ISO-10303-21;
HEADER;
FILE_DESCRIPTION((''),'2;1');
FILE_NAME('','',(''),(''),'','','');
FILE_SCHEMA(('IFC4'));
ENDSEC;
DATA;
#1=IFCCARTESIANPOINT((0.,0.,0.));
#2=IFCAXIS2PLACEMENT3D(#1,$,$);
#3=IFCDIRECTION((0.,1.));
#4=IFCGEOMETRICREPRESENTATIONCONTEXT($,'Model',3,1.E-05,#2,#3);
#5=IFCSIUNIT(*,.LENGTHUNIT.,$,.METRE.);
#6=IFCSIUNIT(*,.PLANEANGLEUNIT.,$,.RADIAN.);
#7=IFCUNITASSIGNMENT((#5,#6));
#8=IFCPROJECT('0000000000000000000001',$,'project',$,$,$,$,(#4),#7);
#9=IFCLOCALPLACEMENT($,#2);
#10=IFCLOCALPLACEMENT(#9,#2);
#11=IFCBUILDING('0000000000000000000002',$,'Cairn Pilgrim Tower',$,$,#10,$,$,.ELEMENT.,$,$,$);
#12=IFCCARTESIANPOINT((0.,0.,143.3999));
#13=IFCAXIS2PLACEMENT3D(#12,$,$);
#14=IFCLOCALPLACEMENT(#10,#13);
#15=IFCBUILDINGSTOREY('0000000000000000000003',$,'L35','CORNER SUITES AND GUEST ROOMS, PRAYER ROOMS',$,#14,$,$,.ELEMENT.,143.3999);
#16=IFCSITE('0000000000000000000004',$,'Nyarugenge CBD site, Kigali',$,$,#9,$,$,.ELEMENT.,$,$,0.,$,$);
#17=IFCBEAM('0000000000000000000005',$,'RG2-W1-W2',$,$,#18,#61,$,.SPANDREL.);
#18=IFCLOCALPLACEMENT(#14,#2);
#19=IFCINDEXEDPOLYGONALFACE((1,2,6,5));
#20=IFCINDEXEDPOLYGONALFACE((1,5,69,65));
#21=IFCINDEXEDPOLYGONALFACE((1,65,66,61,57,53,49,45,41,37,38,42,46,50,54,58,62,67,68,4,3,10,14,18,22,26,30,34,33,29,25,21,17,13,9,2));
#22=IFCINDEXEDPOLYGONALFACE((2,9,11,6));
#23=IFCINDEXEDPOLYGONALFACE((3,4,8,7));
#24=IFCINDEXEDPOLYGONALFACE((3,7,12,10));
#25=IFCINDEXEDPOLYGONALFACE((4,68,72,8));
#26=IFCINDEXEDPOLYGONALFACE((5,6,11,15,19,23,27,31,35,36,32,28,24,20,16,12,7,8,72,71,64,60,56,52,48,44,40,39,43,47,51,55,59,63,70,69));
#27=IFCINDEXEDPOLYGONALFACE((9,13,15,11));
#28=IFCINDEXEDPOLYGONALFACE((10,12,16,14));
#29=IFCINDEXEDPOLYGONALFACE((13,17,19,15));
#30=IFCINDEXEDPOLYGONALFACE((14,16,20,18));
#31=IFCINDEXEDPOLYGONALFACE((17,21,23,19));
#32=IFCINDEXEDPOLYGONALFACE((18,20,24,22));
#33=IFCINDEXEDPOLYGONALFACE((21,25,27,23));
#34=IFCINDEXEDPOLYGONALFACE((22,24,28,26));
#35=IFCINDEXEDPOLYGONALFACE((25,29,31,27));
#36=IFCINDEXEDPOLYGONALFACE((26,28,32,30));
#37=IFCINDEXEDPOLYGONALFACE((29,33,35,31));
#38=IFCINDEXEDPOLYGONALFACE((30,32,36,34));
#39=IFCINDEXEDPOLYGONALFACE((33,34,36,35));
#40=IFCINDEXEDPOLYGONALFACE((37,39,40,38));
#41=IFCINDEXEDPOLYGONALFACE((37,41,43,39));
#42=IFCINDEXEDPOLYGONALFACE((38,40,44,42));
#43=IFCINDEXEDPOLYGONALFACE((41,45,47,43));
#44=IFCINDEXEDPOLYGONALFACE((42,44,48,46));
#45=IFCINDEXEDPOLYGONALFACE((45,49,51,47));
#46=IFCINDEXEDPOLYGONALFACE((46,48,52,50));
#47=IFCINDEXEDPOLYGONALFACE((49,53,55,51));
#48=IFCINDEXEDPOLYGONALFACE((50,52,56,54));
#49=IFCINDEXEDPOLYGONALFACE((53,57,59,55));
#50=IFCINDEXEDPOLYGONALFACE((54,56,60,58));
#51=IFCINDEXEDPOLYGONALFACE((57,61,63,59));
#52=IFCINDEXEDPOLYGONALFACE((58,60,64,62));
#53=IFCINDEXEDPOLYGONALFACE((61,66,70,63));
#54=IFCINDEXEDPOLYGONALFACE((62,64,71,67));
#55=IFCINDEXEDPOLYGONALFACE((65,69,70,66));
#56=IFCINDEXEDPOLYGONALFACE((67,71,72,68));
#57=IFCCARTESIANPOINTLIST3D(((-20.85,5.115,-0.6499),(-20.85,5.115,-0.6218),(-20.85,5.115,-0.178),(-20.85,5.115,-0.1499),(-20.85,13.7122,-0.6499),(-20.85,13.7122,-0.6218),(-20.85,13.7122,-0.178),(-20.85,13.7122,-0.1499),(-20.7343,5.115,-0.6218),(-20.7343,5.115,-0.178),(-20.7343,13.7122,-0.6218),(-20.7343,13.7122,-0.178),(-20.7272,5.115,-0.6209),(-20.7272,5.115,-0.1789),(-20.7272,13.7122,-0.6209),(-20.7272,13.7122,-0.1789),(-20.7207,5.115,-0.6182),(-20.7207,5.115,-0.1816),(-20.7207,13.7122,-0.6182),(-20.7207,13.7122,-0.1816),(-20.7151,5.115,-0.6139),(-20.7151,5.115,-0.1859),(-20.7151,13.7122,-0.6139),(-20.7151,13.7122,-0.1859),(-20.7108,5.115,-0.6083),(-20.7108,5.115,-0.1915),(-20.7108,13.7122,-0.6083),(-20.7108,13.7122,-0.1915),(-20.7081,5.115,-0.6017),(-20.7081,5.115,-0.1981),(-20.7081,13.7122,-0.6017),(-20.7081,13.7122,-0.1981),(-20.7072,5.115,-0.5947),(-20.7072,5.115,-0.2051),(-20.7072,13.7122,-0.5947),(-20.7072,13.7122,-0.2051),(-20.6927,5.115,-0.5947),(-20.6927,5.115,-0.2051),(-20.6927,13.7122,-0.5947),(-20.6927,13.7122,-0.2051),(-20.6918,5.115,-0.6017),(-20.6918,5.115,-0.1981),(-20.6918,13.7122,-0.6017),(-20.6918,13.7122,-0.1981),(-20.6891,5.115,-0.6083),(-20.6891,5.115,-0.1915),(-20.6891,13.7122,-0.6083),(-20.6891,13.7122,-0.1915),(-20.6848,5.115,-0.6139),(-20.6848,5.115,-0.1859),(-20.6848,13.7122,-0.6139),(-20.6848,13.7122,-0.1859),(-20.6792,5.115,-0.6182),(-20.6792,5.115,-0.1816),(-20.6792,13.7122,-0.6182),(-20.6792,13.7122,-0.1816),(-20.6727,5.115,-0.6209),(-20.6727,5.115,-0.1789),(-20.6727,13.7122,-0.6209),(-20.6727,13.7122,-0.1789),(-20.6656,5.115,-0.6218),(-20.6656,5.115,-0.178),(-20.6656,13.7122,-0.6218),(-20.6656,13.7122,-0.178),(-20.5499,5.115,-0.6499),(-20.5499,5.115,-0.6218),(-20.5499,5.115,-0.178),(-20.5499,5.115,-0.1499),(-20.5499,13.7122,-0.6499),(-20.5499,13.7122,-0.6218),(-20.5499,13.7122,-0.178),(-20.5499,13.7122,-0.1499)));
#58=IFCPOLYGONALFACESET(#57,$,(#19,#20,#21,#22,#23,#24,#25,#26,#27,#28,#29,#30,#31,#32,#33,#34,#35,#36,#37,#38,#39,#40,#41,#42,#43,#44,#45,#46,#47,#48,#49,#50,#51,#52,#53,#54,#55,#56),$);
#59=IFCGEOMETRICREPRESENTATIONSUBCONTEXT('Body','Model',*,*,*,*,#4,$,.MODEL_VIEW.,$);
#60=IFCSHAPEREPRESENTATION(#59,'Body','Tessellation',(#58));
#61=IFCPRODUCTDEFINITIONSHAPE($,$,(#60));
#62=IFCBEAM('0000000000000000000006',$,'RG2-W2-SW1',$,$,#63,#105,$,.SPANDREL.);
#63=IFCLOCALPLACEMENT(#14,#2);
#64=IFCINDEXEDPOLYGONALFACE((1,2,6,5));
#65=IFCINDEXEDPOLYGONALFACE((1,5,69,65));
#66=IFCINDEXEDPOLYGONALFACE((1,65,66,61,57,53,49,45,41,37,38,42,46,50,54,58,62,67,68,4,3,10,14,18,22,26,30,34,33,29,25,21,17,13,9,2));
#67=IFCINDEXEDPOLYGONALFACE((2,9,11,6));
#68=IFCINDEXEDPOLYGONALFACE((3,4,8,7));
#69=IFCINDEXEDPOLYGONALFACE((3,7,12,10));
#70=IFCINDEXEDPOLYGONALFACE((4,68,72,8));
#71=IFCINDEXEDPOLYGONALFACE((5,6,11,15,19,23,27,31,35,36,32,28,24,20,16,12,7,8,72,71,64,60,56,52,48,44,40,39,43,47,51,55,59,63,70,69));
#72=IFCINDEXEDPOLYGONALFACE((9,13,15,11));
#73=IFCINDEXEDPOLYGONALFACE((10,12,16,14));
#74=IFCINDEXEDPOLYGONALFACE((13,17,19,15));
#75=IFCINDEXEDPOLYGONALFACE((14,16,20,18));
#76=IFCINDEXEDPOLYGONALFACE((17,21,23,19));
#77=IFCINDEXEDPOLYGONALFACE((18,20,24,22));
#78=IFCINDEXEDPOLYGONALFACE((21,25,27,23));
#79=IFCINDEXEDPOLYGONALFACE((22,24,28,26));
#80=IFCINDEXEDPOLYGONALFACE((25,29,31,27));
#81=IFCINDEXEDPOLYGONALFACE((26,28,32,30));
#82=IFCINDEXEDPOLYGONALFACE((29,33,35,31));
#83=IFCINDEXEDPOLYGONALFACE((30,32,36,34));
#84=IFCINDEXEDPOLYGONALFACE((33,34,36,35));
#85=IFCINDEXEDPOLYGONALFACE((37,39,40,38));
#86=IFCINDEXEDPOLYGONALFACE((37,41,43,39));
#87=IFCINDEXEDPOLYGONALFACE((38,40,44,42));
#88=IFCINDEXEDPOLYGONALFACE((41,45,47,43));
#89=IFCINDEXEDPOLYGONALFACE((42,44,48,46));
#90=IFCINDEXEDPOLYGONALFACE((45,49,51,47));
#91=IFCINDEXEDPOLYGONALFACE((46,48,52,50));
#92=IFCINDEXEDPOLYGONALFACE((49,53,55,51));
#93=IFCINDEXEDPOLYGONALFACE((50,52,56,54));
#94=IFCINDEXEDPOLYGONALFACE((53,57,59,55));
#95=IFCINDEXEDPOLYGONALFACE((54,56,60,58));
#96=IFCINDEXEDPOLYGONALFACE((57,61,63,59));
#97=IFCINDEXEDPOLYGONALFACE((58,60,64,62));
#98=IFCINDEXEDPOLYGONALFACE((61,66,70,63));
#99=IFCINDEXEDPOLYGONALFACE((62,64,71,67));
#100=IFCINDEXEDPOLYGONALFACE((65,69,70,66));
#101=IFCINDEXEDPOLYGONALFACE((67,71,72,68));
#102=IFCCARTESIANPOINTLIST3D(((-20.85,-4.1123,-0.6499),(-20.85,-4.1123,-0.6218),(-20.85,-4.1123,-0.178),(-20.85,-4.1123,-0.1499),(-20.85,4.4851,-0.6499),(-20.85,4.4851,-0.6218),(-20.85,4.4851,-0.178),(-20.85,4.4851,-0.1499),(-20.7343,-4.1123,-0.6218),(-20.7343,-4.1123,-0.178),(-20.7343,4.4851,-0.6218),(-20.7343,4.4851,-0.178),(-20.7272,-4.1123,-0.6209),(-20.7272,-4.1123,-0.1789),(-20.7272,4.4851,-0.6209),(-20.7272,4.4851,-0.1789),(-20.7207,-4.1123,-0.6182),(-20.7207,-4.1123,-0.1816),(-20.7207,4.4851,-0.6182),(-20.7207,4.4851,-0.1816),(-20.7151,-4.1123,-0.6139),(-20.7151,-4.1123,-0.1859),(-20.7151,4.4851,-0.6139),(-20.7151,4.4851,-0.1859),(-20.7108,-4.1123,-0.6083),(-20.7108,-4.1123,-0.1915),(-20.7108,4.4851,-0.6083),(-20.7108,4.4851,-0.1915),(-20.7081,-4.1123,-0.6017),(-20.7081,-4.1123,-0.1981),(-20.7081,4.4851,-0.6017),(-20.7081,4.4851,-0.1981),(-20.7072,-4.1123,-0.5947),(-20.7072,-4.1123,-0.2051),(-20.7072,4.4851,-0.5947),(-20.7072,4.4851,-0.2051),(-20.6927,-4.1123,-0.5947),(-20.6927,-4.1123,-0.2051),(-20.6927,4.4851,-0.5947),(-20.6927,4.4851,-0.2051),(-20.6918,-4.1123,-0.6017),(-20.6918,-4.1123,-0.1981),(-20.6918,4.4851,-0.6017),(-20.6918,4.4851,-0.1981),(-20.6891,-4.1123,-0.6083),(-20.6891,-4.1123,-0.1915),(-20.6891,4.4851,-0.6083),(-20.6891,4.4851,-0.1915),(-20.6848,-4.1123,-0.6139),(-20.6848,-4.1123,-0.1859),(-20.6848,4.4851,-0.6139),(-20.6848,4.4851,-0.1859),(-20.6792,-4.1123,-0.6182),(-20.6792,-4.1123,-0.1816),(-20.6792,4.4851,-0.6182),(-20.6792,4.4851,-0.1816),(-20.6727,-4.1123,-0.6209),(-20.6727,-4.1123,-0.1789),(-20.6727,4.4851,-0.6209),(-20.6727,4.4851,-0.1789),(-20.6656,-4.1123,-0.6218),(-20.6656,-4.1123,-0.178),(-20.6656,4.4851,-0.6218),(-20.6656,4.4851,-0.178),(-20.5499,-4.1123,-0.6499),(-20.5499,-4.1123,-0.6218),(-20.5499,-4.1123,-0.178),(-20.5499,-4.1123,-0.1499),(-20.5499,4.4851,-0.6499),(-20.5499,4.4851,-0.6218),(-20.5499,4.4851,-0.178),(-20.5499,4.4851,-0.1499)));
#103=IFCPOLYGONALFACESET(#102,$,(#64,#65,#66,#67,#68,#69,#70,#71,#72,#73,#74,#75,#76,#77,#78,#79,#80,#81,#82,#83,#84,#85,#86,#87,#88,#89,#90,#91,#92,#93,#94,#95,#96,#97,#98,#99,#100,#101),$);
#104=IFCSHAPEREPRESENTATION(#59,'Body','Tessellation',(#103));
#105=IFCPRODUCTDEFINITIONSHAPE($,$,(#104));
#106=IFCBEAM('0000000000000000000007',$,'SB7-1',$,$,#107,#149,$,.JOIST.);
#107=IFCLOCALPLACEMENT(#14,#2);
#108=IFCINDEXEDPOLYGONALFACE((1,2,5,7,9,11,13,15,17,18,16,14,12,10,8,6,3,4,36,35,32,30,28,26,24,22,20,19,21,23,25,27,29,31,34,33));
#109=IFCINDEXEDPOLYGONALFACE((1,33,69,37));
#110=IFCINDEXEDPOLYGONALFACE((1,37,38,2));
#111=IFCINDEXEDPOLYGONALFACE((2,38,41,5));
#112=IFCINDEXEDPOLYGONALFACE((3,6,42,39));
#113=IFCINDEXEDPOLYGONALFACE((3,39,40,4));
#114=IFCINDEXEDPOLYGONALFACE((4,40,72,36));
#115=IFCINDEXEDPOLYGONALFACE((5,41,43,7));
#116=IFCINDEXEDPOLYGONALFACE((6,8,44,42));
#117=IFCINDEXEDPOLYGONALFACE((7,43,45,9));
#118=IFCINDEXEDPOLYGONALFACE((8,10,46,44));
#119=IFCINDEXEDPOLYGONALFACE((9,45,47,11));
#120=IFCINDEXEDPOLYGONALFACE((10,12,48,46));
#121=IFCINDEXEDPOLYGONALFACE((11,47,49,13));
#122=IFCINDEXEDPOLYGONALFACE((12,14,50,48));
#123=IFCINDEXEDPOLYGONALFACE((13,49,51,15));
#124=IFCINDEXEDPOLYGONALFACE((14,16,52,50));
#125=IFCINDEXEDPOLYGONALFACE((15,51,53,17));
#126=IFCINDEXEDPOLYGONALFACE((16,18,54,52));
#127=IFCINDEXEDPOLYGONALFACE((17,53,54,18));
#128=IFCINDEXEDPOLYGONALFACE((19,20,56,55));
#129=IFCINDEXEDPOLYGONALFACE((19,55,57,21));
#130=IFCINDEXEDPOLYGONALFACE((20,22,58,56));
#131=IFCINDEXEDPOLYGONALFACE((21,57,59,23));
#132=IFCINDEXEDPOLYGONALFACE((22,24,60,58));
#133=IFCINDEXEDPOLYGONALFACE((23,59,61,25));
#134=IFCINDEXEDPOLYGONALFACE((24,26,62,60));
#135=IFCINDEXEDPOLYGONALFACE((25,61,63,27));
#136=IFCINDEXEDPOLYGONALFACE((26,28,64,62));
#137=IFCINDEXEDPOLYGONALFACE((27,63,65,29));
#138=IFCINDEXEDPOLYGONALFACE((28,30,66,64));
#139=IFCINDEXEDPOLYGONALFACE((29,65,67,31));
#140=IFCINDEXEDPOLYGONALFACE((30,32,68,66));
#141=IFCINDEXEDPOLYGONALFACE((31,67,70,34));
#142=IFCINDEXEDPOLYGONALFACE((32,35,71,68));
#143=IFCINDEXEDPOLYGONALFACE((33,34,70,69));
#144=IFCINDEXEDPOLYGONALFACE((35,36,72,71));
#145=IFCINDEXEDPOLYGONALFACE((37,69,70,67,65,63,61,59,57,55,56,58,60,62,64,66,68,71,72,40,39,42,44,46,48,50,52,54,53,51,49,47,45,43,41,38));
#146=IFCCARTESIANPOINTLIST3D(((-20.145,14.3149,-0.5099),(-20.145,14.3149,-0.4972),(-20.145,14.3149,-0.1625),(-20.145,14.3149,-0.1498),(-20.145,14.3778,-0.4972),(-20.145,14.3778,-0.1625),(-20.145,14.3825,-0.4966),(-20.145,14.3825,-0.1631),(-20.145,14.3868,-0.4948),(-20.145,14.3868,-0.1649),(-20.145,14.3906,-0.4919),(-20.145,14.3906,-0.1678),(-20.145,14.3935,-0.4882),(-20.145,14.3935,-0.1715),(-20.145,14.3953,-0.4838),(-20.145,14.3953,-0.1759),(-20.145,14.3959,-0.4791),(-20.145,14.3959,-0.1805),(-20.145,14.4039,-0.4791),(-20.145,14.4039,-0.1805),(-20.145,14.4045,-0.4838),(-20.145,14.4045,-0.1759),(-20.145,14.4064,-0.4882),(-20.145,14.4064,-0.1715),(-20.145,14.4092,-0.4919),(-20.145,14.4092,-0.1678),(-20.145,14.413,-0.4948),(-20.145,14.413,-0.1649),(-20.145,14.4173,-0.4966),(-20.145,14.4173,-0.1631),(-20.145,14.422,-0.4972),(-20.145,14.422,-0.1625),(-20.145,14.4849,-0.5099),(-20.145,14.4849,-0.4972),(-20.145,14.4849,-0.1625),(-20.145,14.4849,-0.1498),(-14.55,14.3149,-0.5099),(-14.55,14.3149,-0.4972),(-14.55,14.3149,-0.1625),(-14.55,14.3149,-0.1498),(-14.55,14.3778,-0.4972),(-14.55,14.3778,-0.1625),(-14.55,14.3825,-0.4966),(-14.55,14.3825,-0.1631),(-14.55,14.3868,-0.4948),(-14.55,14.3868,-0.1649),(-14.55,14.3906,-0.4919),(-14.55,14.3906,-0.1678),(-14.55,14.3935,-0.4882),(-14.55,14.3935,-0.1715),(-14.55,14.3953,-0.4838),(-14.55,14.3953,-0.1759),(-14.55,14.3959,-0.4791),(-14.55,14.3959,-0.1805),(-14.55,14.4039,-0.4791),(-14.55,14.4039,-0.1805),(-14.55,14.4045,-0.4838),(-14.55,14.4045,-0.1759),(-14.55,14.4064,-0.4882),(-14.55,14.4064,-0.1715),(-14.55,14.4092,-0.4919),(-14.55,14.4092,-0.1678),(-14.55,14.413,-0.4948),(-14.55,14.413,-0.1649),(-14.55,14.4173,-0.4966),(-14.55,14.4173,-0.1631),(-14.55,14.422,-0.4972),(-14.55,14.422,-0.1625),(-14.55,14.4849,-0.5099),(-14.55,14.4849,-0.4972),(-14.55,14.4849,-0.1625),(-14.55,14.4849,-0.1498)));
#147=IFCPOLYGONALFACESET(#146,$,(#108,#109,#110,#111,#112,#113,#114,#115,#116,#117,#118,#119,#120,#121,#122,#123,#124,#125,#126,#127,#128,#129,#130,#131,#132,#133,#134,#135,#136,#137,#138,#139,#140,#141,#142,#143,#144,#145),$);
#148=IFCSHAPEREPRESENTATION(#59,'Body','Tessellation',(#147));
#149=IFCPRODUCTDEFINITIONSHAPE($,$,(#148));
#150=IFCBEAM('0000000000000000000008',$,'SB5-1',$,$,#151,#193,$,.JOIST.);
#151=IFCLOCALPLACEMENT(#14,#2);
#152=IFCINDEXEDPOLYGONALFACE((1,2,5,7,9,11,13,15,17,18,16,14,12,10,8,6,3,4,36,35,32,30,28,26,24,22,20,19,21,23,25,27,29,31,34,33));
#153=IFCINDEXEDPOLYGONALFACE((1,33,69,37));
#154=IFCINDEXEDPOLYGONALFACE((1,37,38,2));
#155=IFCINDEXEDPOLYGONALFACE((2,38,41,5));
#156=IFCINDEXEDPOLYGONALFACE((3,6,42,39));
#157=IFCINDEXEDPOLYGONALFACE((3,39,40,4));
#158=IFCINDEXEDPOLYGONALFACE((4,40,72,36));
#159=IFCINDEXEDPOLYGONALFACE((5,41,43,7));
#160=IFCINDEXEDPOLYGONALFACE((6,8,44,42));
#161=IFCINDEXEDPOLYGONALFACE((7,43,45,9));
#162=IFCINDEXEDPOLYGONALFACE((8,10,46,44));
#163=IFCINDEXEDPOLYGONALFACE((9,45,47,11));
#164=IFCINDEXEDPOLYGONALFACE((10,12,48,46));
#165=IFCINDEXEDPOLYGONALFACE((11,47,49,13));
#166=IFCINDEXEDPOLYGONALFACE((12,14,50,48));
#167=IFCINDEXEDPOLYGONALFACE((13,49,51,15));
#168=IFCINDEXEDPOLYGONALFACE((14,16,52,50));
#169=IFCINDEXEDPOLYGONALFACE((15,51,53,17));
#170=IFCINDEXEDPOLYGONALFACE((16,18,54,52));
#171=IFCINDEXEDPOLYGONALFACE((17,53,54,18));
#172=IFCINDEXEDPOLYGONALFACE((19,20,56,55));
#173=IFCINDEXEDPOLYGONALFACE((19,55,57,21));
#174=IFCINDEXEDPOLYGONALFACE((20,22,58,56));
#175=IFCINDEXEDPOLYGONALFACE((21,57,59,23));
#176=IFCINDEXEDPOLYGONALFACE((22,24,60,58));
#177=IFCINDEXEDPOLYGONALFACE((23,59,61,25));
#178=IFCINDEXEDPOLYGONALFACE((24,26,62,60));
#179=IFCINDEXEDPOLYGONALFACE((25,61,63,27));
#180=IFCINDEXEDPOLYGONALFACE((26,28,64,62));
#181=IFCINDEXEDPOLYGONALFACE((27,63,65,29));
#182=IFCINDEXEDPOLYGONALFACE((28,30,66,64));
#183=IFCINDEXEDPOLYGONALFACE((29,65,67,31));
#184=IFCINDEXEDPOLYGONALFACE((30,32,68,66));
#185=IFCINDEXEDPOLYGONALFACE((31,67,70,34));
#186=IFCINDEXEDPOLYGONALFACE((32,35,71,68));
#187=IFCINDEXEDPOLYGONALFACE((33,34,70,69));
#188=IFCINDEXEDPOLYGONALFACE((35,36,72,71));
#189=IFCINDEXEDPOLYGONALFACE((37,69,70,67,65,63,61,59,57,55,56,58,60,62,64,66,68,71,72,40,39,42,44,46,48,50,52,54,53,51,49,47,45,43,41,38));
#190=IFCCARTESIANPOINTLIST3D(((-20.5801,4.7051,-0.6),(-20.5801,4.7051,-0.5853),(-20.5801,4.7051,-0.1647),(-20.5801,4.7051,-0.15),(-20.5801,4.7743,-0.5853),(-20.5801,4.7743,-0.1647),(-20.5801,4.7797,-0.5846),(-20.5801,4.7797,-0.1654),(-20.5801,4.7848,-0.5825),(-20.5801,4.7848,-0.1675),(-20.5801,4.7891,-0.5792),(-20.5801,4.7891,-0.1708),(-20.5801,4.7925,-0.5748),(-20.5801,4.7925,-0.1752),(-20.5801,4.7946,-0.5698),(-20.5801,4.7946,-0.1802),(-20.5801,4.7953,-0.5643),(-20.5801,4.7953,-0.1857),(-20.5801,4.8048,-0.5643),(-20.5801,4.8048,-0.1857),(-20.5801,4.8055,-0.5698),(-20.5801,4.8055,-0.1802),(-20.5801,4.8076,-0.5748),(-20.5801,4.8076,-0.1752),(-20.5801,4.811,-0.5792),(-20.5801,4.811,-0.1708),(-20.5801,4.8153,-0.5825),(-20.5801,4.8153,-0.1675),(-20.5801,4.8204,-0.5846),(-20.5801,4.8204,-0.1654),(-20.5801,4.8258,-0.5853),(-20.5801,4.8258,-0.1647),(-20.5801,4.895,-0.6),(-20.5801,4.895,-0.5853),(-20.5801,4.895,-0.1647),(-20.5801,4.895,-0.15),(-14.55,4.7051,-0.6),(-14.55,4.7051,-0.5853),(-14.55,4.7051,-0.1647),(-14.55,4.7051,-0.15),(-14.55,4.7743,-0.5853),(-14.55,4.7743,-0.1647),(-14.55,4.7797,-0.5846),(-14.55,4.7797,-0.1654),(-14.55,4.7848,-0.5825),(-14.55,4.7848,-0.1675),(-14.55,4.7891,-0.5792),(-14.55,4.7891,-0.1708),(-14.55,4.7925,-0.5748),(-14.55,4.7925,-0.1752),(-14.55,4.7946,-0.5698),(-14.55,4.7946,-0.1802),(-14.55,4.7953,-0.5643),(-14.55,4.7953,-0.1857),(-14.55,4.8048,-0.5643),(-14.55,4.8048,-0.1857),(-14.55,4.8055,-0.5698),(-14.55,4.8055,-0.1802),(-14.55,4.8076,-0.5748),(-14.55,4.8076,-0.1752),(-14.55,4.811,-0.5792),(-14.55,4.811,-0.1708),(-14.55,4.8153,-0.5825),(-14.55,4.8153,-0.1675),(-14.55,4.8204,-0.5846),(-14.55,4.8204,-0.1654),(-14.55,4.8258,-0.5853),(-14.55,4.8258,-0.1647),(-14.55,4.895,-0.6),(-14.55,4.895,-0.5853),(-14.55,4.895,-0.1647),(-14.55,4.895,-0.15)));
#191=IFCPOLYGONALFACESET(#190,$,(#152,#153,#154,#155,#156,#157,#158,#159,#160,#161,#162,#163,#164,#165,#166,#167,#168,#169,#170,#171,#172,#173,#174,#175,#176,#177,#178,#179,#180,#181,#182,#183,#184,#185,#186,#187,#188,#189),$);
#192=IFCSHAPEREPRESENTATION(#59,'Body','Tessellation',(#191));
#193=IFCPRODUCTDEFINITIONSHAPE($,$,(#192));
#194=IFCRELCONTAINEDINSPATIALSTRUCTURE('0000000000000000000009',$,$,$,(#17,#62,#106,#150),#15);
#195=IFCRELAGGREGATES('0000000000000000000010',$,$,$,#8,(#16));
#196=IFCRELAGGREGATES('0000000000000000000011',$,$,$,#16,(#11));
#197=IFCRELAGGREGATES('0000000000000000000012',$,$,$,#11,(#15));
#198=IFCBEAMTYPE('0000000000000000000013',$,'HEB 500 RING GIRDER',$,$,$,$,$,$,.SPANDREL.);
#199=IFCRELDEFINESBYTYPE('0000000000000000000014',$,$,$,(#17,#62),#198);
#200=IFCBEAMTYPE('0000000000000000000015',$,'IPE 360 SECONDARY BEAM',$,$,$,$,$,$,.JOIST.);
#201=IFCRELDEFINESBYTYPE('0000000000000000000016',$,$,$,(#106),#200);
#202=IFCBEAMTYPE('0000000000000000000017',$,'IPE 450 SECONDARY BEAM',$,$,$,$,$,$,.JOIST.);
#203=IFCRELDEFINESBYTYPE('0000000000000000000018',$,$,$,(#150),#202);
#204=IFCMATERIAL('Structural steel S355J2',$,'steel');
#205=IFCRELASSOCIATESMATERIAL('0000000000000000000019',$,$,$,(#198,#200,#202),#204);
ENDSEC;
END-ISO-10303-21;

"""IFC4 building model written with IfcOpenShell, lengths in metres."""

from ifc_helpers import new_model, si_unit, direction, frame, origin, origin_2d, place, context, subcontext, project, spatial, i_section, extrude, material, material_profile, profile_set, type_object, element, save


model = new_model("IFC4")

# Units and contexts
model_context = context("Model", 3, precision=1e-05, world=origin(), true_north=direction((0.0, 1.0)))
body_context = subcontext(model_context, "Body", "Model", "MODEL_VIEW")
ifc_project = project(units=[si_unit("LENGTHUNIT", "METRE"), si_unit("PLANEANGLEUNIT", "RADIAN")], contexts=[model_context])

# Site, building, storey
site_placement = place(None, origin())
site = spatial("IfcSite", under=ifc_project, at=site_placement, Name="Nyarugenge CBD site, Kigali", CompositionType="ELEMENT", RefElevation=0.0)
building_placement = place(site_placement, origin())
building = spatial("IfcBuilding", under=site, at=building_placement, Name="Cairn Pilgrim Tower", CompositionType="ELEMENT")
storey_placement = place(building_placement, frame((0.0, 0.0, 143.3999)))
storey = spatial("IfcBuildingStorey", under=building, at=storey_placement, Name="L35", Description="CORNER SUITES AND GUEST ROOMS, PRAYER ROOMS", CompositionType="ELEMENT", Elevation=143.3999)

# Shared definitions
ifc_material_1 = material(Name="Structural steel S355J2", Category="steel")

# Beams
ifc_material_profile_1 = material_profile(ifc_material_1, i_section(OverallWidth=0.3, OverallDepth=0.5, WebThickness=0.0144, FlangeThickness=0.0281, FilletRadius=0.0271, at=origin_2d()), Name="HEB 500")
ifc_profile_set_1 = profile_set([ifc_material_profile_1], Name="Structural steel S355J2")
beam_type_1 = type_object("IfcBeamType", Name="HEB 500 RING GIRDER", PredefinedType="SPANDREL", material=ifc_profile_set_1)
beam_1_placement = place(storey_placement, frame((-20.7, 13.7122, -0.3999), z_axis=(0.0, -1.0, 0.0), x_axis=(1.0, 0.0, 0.0)))
element("IfcBeam", 1, at=beam_1_placement, inside=storey, type_object=beam_type_1, Name="RG2-W1-W2", PredefinedType="SPANDREL", context=body_context, shape_type="SweptSolid", body=[
    extrude(i_section(OverallWidth=0.3, OverallDepth=0.5, WebThickness=0.0144, FlangeThickness=0.0281, FilletRadius=0.0271, at=origin_2d()), origin(), (0.0, 0.0, 1.0), 8.5972),
])
beam_2_placement = place(storey_placement, frame((-20.7, 4.4851, -0.3999), z_axis=(0.0, -1.0, 0.0), x_axis=(1.0, 0.0, 0.0)))
element("IfcBeam", 2, at=beam_2_placement, inside=storey, type_object=beam_type_1, Name="RG2-W2-SW1", PredefinedType="SPANDREL", context=body_context, shape_type="SweptSolid", body=[
    extrude(i_section(OverallWidth=0.3, OverallDepth=0.5, WebThickness=0.0144, FlangeThickness=0.0281, FilletRadius=0.0271, at=origin_2d()), origin(), (0.0, 0.0, 1.0), 8.5974),
])
ifc_material_profile_2 = material_profile(ifc_material_1, i_section(OverallWidth=0.1699, OverallDepth=0.3601, WebThickness=0.0081, FlangeThickness=0.0127, FilletRadius=0.0181, at=origin_2d()), Name="IPE 360")
ifc_profile_set_2 = profile_set([ifc_material_profile_2], Name="Structural steel S355J2")
beam_type_2 = type_object("IfcBeamType", Name="IPE 360 SECONDARY BEAM", PredefinedType="JOIST", material=ifc_profile_set_2)
beam_3_placement = place(storey_placement, frame((-20.145, 14.3999, -0.3298), z_axis=(1.0, 0.0, 0.0), x_axis=(0.0, 1.0, 0.0)))
element("IfcBeam", 3, at=beam_3_placement, inside=storey, type_object=beam_type_2, Name="SB7-1", PredefinedType="JOIST", context=body_context, shape_type="SweptSolid", body=[
    extrude(i_section(OverallWidth=0.1699, OverallDepth=0.3601, WebThickness=0.0081, FlangeThickness=0.0127, FilletRadius=0.0181, at=origin_2d()), origin(), (0.0, 0.0, 1.0), 5.595),
])
ifc_material_profile_3 = material_profile(ifc_material_1, i_section(OverallWidth=0.1899, OverallDepth=0.45, WebThickness=0.0095, FlangeThickness=0.0146, FilletRadius=0.021, at=origin_2d()), Name="IPE 450")
ifc_profile_set_3 = profile_set([ifc_material_profile_3], Name="Structural steel S355J2")
beam_type_3 = type_object("IfcBeamType", Name="IPE 450 SECONDARY BEAM", PredefinedType="JOIST", material=ifc_profile_set_3)
for number, where, z_axis, x_axis, name in (
    (4, (-20.5801, 4.8, -0.375), (1.0, 0.0, 0.0), (0.0, 1.0, 0.0), "SB5-1"),
):
    element("IfcBeam", number, at=place(storey_placement, frame(where, z_axis=z_axis, x_axis=x_axis)), inside=storey, type_object=beam_type_3, Name=name, PredefinedType="JOIST", context=body_context, shape_type="SweptSolid", body=[
        extrude(i_section(OverallWidth=0.1899, OverallDepth=0.45, WebThickness=0.0095, FlangeThickness=0.0146, FilletRadius=0.021, at=origin_2d()), origin(), (0.0, 0.0, 1.0), 6.03),
    ])

save(model, "model.ifc")
